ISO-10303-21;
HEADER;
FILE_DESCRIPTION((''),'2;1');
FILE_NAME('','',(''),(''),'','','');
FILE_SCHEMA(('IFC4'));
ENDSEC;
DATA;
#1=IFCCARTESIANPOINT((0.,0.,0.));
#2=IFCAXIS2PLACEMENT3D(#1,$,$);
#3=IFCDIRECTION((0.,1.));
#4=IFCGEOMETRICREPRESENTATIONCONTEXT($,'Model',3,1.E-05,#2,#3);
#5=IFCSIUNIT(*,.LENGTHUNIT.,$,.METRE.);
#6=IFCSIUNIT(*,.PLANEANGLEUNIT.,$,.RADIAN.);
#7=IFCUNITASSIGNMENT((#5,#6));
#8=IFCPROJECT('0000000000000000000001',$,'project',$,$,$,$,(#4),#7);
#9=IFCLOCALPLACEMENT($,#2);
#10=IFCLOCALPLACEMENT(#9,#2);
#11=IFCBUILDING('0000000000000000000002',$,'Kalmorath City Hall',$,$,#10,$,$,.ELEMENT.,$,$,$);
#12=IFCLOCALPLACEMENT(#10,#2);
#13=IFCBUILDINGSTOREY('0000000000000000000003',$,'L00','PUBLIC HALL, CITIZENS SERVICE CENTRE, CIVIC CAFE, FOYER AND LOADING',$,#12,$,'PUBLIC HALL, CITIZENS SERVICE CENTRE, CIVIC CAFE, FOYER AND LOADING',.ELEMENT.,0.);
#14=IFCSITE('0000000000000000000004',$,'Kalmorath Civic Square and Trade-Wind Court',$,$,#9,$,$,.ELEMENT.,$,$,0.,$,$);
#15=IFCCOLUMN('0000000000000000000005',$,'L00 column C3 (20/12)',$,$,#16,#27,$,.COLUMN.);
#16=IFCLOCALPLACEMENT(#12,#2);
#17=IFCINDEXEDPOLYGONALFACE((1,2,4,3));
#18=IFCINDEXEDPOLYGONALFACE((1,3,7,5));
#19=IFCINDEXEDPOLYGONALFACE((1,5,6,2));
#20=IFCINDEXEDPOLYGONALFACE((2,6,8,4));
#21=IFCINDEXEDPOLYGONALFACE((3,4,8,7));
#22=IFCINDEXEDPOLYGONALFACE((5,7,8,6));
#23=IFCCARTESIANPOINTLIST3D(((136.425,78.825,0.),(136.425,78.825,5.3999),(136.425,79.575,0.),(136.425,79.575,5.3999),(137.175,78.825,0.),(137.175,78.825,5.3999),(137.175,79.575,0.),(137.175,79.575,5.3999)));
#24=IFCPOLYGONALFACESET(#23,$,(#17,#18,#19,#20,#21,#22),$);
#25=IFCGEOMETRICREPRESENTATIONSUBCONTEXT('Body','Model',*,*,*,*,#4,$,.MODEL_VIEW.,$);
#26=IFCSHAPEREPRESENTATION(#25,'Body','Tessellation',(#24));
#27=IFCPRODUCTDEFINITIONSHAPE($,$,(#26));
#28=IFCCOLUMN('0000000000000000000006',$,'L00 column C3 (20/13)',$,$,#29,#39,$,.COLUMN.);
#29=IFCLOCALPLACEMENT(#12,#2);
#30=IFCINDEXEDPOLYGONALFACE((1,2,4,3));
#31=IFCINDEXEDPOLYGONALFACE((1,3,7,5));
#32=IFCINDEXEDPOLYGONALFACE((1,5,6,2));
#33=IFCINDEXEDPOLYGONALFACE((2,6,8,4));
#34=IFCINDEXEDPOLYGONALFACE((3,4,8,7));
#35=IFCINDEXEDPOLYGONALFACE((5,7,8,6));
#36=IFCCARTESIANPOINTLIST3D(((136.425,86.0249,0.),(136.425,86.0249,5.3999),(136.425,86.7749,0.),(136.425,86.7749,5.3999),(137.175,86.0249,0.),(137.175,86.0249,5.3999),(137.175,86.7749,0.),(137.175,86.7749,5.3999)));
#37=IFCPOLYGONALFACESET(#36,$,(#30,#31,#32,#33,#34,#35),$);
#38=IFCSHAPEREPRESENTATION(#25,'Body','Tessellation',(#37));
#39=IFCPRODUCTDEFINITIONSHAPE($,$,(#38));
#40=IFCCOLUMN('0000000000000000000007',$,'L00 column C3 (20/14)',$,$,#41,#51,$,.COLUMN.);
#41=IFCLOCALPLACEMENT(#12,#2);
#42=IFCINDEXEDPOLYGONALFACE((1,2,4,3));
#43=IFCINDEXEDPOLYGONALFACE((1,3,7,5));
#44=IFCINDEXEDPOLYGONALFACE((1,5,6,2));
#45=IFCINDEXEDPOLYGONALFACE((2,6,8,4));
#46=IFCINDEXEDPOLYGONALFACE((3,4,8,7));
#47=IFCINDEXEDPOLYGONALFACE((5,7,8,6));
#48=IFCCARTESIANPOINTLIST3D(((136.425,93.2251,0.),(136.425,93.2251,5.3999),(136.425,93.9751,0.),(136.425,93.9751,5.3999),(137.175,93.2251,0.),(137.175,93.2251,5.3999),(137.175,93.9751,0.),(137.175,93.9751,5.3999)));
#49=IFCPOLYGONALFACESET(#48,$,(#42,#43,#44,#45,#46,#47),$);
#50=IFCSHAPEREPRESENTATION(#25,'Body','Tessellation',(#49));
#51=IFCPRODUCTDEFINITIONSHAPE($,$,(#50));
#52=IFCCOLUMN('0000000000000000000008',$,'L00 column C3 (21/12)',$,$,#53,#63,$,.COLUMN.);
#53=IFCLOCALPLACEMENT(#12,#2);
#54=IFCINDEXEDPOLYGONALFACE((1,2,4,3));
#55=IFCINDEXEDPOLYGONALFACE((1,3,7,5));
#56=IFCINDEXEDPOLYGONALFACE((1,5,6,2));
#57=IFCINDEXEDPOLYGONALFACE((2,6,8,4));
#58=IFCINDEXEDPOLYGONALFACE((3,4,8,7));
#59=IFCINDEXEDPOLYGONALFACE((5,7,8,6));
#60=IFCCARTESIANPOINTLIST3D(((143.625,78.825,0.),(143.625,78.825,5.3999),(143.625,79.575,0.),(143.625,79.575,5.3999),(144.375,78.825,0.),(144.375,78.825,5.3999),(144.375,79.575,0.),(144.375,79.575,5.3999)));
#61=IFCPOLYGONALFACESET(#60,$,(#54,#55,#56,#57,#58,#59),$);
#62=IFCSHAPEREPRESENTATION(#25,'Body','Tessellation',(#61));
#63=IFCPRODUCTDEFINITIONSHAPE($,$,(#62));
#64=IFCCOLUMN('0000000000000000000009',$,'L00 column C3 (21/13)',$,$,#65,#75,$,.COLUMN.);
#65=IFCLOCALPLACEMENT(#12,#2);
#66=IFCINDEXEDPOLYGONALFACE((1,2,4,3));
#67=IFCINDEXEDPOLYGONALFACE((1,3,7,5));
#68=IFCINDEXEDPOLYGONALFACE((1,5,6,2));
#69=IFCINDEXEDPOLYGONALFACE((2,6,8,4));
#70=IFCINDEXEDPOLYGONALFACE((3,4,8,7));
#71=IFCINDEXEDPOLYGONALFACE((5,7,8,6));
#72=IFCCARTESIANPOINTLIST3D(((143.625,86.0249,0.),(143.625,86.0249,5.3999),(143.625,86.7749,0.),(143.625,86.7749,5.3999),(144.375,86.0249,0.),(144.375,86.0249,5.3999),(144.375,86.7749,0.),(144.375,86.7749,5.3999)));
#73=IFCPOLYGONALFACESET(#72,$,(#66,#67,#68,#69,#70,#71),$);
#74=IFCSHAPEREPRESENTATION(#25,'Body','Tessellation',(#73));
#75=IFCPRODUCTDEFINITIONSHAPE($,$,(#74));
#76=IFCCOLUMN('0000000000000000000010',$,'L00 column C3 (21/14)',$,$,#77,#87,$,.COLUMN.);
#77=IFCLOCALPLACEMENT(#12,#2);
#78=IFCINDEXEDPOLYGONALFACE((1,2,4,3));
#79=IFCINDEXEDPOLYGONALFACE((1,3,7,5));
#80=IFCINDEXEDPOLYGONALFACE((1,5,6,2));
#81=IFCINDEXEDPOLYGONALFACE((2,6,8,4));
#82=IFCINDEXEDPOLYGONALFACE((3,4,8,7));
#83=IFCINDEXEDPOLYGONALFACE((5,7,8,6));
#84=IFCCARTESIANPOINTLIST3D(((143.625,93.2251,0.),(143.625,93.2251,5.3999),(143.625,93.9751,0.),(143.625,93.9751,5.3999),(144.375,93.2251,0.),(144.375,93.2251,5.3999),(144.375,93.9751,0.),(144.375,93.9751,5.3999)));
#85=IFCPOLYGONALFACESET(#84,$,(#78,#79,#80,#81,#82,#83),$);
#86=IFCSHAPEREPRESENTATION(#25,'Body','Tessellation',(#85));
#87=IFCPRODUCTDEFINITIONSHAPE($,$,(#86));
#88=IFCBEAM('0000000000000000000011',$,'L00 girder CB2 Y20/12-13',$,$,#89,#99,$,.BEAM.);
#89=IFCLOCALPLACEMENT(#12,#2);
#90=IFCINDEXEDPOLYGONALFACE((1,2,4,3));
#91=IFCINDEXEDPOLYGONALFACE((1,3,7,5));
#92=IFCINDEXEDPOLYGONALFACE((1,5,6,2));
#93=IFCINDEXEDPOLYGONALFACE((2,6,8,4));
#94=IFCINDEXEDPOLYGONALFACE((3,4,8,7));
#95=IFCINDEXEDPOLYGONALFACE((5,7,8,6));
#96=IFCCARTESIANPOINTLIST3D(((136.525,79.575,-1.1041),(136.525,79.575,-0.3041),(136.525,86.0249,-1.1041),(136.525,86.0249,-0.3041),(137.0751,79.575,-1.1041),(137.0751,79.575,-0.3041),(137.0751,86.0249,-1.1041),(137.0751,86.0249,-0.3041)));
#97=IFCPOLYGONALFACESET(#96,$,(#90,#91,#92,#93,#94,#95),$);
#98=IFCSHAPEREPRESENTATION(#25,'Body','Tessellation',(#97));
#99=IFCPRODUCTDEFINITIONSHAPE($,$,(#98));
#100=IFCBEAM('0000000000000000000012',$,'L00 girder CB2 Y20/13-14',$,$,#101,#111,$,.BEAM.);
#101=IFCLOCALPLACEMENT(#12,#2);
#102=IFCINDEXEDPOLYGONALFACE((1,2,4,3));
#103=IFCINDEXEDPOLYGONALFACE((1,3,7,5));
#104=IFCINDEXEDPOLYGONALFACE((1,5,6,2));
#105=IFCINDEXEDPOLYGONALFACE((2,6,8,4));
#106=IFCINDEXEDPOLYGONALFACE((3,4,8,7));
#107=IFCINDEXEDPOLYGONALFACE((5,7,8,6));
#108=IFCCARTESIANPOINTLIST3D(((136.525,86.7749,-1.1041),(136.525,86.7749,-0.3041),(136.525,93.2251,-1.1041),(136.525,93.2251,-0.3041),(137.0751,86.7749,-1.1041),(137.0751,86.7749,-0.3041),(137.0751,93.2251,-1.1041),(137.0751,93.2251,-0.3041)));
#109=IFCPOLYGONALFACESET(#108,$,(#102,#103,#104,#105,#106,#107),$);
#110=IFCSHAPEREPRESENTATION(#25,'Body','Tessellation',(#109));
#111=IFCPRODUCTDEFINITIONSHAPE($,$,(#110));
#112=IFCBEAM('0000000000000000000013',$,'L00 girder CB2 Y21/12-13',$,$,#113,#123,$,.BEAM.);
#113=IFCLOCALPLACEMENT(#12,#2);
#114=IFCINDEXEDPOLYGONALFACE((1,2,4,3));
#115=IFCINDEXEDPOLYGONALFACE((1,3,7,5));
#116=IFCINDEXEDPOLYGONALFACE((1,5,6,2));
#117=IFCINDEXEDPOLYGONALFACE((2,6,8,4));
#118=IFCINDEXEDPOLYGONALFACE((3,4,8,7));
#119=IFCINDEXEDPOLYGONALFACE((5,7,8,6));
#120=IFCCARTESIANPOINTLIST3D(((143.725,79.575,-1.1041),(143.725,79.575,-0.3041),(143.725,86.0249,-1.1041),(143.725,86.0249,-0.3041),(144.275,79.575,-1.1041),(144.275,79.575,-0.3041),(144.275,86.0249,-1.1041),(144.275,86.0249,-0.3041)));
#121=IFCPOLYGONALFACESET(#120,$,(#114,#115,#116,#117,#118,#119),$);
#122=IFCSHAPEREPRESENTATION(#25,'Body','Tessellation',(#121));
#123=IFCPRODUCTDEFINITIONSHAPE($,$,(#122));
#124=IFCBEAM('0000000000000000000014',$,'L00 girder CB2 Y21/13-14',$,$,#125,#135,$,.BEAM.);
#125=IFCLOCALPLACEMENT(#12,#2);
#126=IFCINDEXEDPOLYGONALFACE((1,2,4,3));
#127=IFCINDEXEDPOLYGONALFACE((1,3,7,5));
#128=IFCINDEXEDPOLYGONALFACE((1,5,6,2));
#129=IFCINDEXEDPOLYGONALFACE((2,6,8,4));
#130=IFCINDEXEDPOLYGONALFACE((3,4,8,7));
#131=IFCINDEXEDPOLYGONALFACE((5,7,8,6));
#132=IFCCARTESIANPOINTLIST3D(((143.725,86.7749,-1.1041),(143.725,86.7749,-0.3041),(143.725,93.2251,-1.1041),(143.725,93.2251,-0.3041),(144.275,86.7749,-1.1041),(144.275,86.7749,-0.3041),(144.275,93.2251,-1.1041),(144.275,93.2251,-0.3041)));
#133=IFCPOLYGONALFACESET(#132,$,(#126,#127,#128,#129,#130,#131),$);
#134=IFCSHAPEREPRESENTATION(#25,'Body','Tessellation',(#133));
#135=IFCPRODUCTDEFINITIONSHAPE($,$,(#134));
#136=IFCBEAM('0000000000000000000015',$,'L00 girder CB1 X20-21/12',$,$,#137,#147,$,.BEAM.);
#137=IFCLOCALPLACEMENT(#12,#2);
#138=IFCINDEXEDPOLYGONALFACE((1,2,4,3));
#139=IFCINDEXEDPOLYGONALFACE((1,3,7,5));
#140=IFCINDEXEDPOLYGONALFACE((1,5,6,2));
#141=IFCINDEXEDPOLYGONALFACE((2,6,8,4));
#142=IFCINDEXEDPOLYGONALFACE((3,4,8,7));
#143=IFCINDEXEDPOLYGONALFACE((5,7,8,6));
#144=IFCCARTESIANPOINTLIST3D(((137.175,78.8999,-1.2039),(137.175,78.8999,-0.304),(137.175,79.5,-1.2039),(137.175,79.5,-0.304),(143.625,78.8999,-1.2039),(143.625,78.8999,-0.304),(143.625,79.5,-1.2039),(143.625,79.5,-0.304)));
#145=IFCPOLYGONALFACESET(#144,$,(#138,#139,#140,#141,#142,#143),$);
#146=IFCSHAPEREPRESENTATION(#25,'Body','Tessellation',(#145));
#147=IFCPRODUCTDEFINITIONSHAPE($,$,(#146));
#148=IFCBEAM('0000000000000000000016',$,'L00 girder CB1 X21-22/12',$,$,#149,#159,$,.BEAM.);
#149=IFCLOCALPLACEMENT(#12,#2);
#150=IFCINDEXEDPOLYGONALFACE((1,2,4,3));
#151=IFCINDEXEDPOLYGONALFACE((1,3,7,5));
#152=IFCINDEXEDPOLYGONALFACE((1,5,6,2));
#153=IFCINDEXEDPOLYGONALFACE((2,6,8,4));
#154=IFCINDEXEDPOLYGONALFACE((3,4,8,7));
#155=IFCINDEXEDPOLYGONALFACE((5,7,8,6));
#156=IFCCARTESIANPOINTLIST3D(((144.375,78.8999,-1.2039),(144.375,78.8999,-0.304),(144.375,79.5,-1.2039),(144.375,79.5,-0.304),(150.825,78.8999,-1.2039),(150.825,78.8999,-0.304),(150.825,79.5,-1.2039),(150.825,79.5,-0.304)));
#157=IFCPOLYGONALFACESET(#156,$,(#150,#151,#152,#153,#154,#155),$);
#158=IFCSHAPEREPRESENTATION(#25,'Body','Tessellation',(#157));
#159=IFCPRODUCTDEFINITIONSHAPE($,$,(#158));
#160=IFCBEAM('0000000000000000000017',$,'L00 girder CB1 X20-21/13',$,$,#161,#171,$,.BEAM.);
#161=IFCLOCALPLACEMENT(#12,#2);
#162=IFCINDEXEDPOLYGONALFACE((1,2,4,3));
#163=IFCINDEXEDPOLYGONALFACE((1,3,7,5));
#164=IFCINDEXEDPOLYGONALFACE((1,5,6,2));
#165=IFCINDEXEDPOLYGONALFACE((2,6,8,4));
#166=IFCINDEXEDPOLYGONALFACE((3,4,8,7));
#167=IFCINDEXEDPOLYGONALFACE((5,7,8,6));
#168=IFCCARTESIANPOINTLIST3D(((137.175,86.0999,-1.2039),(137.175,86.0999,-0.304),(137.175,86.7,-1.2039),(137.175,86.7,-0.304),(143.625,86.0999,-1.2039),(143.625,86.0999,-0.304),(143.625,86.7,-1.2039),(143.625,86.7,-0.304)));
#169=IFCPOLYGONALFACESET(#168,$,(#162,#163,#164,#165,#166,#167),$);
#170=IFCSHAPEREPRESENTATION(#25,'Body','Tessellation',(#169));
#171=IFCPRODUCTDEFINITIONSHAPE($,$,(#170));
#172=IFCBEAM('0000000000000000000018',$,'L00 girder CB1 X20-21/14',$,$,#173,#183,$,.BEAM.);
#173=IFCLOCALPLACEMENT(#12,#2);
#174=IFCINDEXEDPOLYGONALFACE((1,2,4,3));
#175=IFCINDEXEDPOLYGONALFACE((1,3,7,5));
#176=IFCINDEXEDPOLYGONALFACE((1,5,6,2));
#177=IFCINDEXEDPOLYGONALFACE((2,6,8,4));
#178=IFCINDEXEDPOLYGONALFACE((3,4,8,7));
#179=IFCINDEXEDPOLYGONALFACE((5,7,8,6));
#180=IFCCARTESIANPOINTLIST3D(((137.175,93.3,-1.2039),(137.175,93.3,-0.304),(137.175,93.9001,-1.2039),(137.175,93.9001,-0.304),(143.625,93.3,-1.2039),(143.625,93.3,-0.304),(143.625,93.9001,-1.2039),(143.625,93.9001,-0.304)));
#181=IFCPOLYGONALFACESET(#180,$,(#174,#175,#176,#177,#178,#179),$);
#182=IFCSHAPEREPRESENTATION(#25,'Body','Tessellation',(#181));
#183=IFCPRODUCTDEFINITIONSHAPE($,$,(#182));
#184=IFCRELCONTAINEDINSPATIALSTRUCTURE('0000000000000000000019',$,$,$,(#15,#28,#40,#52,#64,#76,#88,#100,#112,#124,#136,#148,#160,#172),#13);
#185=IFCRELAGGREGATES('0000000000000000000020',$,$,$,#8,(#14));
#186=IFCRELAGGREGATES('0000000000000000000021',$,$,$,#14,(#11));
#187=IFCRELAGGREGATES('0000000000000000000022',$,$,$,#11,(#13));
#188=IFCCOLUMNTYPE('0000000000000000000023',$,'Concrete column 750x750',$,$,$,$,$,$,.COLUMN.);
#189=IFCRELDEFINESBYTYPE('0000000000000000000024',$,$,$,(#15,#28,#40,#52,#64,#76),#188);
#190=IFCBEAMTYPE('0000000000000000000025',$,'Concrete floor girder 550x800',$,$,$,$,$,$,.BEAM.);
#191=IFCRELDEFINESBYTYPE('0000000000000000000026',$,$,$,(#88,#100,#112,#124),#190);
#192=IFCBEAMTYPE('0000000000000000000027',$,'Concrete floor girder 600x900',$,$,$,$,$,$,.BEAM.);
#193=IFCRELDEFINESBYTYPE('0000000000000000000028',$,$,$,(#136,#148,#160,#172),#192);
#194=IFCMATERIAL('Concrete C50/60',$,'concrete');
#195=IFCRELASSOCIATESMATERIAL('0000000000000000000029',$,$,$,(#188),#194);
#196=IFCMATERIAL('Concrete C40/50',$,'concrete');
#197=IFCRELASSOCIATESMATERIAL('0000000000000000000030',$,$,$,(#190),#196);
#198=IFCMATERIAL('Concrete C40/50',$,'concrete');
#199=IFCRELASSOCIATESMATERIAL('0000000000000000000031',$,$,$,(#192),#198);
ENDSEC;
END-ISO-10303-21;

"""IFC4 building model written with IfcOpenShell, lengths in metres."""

from ifc_helpers import new_model, si_unit, direction, frame, origin, origin_2d, place, context, subcontext, project, spatial, rectangle, extrude, material, material_profile, profile_set, type_object, element, save


model = new_model("IFC4")

# Units and contexts
model_context = context("Model", 3, precision=1e-05, world=origin(), true_north=direction((0.0, 1.0)))
body_context = subcontext(model_context, "Body", "Model", "MODEL_VIEW")
ifc_project = project(units=[si_unit("LENGTHUNIT", "METRE"), si_unit("PLANEANGLEUNIT", "RADIAN")], contexts=[model_context])

# Site, building, storey
site_placement = place(None, origin())
site = spatial("IfcSite", under=ifc_project, at=site_placement, Name="Kalmorath Civic Square and Trade-Wind Court", CompositionType="ELEMENT", RefElevation=0.0)
building_placement = place(site_placement, origin())
building = spatial("IfcBuilding", under=site, at=building_placement, Name="Kalmorath City Hall", CompositionType="ELEMENT")
storey_placement = place(building_placement, origin())
storey = spatial("IfcBuildingStorey", under=building, at=storey_placement, Name="L00", Description="PUBLIC HALL, CITIZENS SERVICE CENTRE, CIVIC CAFE, FOYER AND LOADING", LongName="PUBLIC HALL, CITIZENS SERVICE CENTRE, CIVIC CAFE, FOYER AND LOADING", CompositionType="ELEMENT", Elevation=0.0)

# Columns
ifc_material_1 = material(Name="Concrete C50/60", Category="concrete")
ifc_material_profile_1 = material_profile(ifc_material_1, rectangle(XDim=0.75, YDim=0.75, at=origin_2d()), Name="RC-COL-750X750")
ifc_profile_set_1 = profile_set([ifc_material_profile_1], Name="Concrete C50/60")
column_type = type_object("IfcColumnType", Name="Concrete column 750x750", PredefinedType="COLUMN", material=ifc_profile_set_1)
for number, where, z_axis, x_axis, name in (
    (1, (136.8, 79.2, 0.0), (0.0, 0.0, 1.0), (1.0, 0.0, 0.0), "L00 column C3 (20/12)"),
    (2, (136.8, 86.3999, 0.0), (0.0, 0.0, 1.0), (1.0, 0.0, 0.0), "L00 column C3 (20/13)"),
    (3, (136.8, 93.6001, 0.0), (0.0, 0.0, 1.0), (1.0, 0.0, 0.0), "L00 column C3 (20/14)"),
    (4, (144.0, 79.2, 0.0), (0.0, 0.0, 1.0), (1.0, 0.0, 0.0), "L00 column C3 (21/12)"),
    (5, (144.0, 86.3999, 0.0), (0.0, 0.0, 1.0), (1.0, 0.0, 0.0), "L00 column C3 (21/13)"),
    (6, (144.0, 93.6001, 0.0), (0.0, 0.0, 1.0), (1.0, 0.0, 0.0), "L00 column C3 (21/14)"),
):
    element("IfcColumn", number, at=place(storey_placement, frame(where, z_axis=z_axis, x_axis=x_axis)), inside=storey, type_object=column_type, Name=name, PredefinedType="COLUMN", context=body_context, shape_type="SweptSolid", body=[
        extrude(rectangle(XDim=0.75, YDim=0.75, at=origin_2d()), origin(), (0.0, 0.0, 1.0), 5.3999),
    ])

# Beams
ifc_material_2 = material(Name="Concrete C40/50", Category="concrete")
ifc_material_profile_2 = material_profile(ifc_material_2, rectangle(XDim=0.55, YDim=0.8, at=origin_2d()), Name="RC-BM-550X800")
ifc_profile_set_2 = profile_set([ifc_material_profile_2], Name="Concrete C40/50")
beam_type_1 = type_object("IfcBeamType", Name="Concrete floor girder 550x800", PredefinedType="BEAM", material=ifc_profile_set_2)
beam_1_placement = place(storey_placement, frame((136.8, 79.575, -0.7041), z_axis=(0.0, 1.0, 0.0), x_axis=(-1.0, 0.0, 0.0)))
element("IfcBeam", 7, at=beam_1_placement, inside=storey, type_object=beam_type_1, Name="L00 girder CB2 Y20/12-13", PredefinedType="BEAM", context=body_context, shape_type="SweptSolid", body=[
    extrude(rectangle(XDim=0.55, YDim=0.8, at=origin_2d()), origin(), (0.0, 0.0, 1.0), 6.45),
])
beam_2_placement = place(storey_placement, frame((136.8, 86.7749, -0.7041), z_axis=(0.0, 1.0, 0.0), x_axis=(-1.0, 0.0, 0.0)))
element("IfcBeam", 8, at=beam_2_placement, inside=storey, type_object=beam_type_1, Name="L00 girder CB2 Y20/13-14", PredefinedType="BEAM", context=body_context, shape_type="SweptSolid", body=[
    extrude(rectangle(XDim=0.55, YDim=0.8, at=origin_2d()), origin(), (0.0, 0.0, 1.0), 6.4502),
])
beam_3_placement = place(storey_placement, frame((144.0, 79.575, -0.7041), z_axis=(0.0, 1.0, 0.0), x_axis=(-1.0, 0.0, 0.0)))
element("IfcBeam", 9, at=beam_3_placement, inside=storey, type_object=beam_type_1, Name="L00 girder CB2 Y21/12-13", PredefinedType="BEAM", context=body_context, shape_type="SweptSolid", body=[
    extrude(rectangle(XDim=0.55, YDim=0.8, at=origin_2d()), origin(), (0.0, 0.0, 1.0), 6.45),
])
beam_4_placement = place(storey_placement, frame((144.0, 86.7749, -0.7041), z_axis=(0.0, 1.0, 0.0), x_axis=(-1.0, 0.0, 0.0)))
element("IfcBeam", 10, at=beam_4_placement, inside=storey, type_object=beam_type_1, Name="L00 girder CB2 Y21/13-14", PredefinedType="BEAM", context=body_context, shape_type="SweptSolid", body=[
    extrude(rectangle(XDim=0.55, YDim=0.8, at=origin_2d()), origin(), (0.0, 0.0, 1.0), 6.4502),
])
ifc_material_3 = material(Name="Concrete C40/50", Category="concrete")
ifc_material_profile_3 = material_profile(ifc_material_3, rectangle(XDim=0.6001, YDim=0.8999, at=origin_2d()), Name="RC-BM-600X900")
ifc_profile_set_3 = profile_set([ifc_material_profile_3], Name="Concrete C40/50")
beam_type_2 = type_object("IfcBeamType", Name="Concrete floor girder 600x900", PredefinedType="BEAM", material=ifc_profile_set_3)
for number, where, z_axis, x_axis, name in (
    (11, (137.175, 79.2, -0.7539), (1.0, 0.0, 0.0), (0.0, 1.0, 0.0), "L00 girder CB1 X20-21/12"),
    (12, (144.375, 79.2, -0.7539), (1.0, 0.0, 0.0), (0.0, 1.0, 0.0), "L00 girder CB1 X21-22/12"),
    (13, (137.175, 86.3999, -0.7539), (1.0, 0.0, 0.0), (0.0, 1.0, 0.0), "L00 girder CB1 X20-21/13"),
    (14, (137.175, 93.6001, -0.7539), (1.0, 0.0, 0.0), (0.0, 1.0, 0.0), "L00 girder CB1 X20-21/14"),
):
    element("IfcBeam", number, at=place(storey_placement, frame(where, z_axis=z_axis, x_axis=x_axis)), inside=storey, type_object=beam_type_2, Name=name, PredefinedType="BEAM", context=body_context, shape_type="SweptSolid", body=[
        extrude(rectangle(XDim=0.6001, YDim=0.8999, at=origin_2d()), origin(), (0.0, 0.0, 1.0), 6.45),
    ])

save(model, "model.ifc")
